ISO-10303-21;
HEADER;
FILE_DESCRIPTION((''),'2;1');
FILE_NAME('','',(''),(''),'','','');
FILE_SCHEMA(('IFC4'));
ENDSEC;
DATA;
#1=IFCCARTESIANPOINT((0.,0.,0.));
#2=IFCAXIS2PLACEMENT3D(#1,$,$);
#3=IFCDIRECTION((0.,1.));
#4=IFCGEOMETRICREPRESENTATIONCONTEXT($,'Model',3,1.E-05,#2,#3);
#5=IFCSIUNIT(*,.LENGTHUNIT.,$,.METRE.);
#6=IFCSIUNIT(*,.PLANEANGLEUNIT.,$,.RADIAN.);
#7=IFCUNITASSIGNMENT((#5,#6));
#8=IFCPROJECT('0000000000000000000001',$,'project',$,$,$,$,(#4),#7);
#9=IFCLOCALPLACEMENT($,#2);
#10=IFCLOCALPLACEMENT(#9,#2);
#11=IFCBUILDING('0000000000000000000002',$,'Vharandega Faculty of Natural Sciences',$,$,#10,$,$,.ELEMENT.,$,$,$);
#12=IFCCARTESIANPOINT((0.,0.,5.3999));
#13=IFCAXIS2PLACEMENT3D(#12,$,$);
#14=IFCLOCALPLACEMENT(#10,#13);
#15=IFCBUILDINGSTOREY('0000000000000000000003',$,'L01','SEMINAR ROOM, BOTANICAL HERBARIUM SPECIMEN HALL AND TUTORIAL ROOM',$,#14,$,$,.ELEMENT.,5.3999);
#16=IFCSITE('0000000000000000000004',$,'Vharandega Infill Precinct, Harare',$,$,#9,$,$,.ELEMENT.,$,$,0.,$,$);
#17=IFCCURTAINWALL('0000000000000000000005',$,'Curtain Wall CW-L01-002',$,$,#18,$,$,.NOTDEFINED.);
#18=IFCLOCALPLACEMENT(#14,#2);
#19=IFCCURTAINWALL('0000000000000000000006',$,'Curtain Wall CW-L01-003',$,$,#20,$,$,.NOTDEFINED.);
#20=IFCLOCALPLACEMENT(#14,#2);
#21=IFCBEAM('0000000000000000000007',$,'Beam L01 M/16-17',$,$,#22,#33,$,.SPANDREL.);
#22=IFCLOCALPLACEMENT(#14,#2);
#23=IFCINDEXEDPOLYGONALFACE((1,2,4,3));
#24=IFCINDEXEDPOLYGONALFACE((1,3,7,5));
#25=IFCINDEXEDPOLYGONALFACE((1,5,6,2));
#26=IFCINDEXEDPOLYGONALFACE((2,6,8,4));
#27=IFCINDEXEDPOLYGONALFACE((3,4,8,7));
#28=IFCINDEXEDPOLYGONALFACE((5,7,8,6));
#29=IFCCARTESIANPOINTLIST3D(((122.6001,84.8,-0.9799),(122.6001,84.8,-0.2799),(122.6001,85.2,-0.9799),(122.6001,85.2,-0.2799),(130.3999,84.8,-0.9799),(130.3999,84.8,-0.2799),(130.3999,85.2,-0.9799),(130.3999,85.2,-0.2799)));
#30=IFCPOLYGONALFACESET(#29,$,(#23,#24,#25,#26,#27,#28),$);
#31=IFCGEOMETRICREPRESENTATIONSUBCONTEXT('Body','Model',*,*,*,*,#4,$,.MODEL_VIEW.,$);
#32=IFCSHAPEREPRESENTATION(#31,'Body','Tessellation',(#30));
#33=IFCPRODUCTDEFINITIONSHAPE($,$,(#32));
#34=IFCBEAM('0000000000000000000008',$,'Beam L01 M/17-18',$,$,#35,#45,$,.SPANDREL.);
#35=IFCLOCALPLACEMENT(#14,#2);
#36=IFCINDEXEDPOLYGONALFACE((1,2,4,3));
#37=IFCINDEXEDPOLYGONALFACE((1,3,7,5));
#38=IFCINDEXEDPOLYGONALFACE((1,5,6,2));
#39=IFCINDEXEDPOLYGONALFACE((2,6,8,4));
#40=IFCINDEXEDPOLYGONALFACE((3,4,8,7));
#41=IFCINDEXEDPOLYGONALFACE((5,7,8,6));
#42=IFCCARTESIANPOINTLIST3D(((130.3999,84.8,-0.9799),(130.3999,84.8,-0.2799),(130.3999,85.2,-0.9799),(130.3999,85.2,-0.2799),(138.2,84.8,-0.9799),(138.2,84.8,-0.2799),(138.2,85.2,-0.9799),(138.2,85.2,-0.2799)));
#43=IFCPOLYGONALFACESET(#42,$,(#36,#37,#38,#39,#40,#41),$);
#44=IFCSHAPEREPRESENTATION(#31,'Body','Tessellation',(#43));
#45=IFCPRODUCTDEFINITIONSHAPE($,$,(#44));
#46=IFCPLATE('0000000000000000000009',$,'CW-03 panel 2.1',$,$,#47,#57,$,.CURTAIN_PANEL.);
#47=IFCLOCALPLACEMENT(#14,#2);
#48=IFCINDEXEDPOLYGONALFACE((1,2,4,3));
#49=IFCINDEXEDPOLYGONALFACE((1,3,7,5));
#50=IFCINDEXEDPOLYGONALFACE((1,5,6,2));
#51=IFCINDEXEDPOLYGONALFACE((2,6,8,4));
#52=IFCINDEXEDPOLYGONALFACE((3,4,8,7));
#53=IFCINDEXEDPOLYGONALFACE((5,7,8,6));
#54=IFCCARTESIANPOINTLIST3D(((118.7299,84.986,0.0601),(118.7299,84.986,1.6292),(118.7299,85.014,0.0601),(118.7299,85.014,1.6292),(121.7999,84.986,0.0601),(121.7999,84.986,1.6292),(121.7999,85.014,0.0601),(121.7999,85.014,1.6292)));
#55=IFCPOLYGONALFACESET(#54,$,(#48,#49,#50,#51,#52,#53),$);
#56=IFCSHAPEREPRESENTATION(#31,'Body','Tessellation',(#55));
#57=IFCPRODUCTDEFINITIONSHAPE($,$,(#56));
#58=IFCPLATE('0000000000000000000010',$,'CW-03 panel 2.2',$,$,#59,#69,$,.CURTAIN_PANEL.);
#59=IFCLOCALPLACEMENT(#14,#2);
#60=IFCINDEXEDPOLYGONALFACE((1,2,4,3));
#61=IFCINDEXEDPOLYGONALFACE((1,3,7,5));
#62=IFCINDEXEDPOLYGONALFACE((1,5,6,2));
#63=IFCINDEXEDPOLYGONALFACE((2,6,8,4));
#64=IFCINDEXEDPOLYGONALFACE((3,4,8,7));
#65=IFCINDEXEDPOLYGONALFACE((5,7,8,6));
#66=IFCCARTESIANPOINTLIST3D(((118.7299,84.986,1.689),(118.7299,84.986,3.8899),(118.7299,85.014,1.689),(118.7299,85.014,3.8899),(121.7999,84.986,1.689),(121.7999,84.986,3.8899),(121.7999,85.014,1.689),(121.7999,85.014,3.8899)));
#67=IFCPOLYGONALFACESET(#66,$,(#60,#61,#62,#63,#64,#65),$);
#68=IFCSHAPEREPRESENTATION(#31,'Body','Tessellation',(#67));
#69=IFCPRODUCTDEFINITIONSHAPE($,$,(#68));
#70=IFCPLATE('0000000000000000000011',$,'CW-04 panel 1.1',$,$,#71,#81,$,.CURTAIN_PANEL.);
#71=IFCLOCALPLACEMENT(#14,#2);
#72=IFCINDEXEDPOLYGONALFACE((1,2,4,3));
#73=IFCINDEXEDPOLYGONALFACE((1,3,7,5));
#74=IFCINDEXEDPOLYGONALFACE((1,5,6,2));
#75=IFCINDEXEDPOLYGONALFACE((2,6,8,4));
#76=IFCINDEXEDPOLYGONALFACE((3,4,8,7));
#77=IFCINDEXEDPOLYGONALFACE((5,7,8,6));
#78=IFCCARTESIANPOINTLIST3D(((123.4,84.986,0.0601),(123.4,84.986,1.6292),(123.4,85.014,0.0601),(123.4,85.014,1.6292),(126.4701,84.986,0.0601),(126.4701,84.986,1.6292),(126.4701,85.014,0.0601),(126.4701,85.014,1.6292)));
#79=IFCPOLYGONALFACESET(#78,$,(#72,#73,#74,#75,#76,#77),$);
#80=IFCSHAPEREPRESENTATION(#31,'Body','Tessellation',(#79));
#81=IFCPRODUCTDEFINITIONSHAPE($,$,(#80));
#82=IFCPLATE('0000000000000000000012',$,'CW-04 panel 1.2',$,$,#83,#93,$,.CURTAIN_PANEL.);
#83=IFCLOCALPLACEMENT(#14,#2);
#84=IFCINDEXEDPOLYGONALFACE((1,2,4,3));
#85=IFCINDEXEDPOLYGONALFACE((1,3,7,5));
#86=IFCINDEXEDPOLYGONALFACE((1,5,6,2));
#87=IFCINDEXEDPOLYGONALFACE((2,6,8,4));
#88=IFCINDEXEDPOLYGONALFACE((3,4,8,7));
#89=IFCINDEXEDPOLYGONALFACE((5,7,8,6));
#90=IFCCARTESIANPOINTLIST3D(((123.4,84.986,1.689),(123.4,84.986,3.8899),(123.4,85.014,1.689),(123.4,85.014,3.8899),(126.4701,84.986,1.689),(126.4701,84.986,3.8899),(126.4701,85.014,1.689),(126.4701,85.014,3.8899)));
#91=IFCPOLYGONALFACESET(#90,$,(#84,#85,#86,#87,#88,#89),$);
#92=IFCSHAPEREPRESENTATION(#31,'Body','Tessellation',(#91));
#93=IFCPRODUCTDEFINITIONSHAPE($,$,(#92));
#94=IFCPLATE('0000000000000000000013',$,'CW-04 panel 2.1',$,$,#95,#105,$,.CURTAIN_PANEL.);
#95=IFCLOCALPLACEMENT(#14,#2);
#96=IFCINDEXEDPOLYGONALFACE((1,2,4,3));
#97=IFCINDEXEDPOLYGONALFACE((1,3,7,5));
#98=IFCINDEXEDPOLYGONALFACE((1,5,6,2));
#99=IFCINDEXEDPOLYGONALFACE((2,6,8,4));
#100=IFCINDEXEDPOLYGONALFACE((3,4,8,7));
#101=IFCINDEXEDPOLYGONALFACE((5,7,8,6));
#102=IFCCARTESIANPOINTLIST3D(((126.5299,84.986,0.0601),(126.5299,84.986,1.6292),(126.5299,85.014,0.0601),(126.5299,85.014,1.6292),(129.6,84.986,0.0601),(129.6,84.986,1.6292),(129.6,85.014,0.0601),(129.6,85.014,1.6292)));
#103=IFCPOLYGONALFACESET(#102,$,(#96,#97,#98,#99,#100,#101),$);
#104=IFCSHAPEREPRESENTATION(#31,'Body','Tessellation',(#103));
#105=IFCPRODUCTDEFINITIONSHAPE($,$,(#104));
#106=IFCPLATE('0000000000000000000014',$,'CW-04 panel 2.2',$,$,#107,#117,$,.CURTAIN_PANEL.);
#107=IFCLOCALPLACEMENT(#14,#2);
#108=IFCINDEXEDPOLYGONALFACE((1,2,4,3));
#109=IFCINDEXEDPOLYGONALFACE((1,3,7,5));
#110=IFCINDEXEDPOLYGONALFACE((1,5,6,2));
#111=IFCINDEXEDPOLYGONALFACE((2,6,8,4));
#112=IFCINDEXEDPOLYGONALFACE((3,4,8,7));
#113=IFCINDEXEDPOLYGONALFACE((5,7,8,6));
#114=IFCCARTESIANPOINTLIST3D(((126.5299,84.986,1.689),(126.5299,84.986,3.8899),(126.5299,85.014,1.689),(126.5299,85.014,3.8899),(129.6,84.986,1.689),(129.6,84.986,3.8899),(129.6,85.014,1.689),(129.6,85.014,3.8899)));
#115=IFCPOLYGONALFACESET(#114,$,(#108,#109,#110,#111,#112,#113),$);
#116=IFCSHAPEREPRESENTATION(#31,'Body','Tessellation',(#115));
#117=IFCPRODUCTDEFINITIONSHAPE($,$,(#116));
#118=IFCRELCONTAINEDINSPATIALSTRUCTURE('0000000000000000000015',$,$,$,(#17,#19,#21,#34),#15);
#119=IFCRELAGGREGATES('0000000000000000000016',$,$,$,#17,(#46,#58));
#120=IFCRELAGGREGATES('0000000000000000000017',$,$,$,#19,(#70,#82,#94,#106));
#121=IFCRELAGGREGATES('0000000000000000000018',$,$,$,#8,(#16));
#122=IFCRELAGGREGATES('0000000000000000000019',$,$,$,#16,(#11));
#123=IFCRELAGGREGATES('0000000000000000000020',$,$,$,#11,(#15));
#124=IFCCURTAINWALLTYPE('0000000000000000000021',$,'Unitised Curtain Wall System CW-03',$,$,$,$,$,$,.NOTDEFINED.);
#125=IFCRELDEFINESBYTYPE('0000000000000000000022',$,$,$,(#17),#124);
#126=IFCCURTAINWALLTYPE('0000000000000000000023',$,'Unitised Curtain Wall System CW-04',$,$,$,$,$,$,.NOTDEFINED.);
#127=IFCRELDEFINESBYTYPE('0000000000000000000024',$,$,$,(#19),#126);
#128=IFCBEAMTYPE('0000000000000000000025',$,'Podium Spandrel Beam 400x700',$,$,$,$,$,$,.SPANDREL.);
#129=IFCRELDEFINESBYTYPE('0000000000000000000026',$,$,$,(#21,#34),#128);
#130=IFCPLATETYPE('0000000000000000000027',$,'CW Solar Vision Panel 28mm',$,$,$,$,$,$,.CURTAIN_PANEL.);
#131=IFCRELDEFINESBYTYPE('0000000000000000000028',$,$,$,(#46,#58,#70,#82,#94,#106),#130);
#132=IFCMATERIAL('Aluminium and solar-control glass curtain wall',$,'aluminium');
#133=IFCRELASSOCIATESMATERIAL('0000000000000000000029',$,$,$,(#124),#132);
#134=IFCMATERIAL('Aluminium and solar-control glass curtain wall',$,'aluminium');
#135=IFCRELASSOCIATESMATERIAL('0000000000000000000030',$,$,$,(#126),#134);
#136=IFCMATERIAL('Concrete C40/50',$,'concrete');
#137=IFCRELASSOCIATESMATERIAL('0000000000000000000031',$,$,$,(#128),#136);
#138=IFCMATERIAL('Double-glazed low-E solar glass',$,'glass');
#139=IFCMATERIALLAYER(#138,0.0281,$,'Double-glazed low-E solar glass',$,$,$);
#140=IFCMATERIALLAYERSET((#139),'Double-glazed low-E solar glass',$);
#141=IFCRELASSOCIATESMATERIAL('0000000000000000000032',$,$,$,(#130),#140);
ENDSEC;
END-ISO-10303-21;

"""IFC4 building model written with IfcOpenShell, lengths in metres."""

from ifc_helpers import new_model, si_unit, direction, frame, origin, origin_2d, place, context, subcontext, project, spatial, rectangle, extrude, material, layer, layer_set, material_profile, profile_set, type_object, element, aggregate, save


model = new_model("IFC4")

# Units and contexts
model_context = context("Model", 3, precision=1e-05, world=origin(), true_north=direction((0.0, 1.0)))
body_context = subcontext(model_context, "Body", "Model", "MODEL_VIEW")
ifc_project = project(units=[si_unit("LENGTHUNIT", "METRE"), si_unit("PLANEANGLEUNIT", "RADIAN")], contexts=[model_context])

# Site, building, storey
site_placement = place(None, origin())
site = spatial("IfcSite", under=ifc_project, at=site_placement, Name="Vharandega Infill Precinct, Harare", CompositionType="ELEMENT", RefElevation=0.0)
building_placement = place(site_placement, origin())
building = spatial("IfcBuilding", under=site, at=building_placement, Name="Vharandega Faculty of Natural Sciences", CompositionType="ELEMENT")
storey_placement = place(building_placement, frame((0.0, 0.0, 5.3999)))
storey = spatial("IfcBuildingStorey", under=building, at=storey_placement, Name="L01", Description="SEMINAR ROOM, BOTANICAL HERBARIUM SPECIMEN HALL AND TUTORIAL ROOM", CompositionType="ELEMENT", Elevation=5.3999)

# Curtain wall
ifc_material_1 = material(Name="Aluminium and solar-control glass curtain wall", Category="aluminium")
curtain_wall_type_1 = type_object("IfcCurtainWallType", Name="Unitised Curtain Wall System CW-03", PredefinedType="NOTDEFINED", material=ifc_material_1)
curtain_wall_1_placement = place(storey_placement, origin())
curtain_wall_1 = element("IfcCurtainWall", 1, at=curtain_wall_1_placement, inside=storey, type_object=curtain_wall_type_1, Name="Curtain Wall CW-L01-002", PredefinedType="NOTDEFINED")

# Curtain wall
ifc_material_2 = material(Name="Aluminium and solar-control glass curtain wall", Category="aluminium")
curtain_wall_type_2 = type_object("IfcCurtainWallType", Name="Unitised Curtain Wall System CW-04", PredefinedType="NOTDEFINED", material=ifc_material_2)
curtain_wall_2_placement = place(storey_placement, origin())
curtain_wall_2 = element("IfcCurtainWall", 2, at=curtain_wall_2_placement, inside=storey, type_object=curtain_wall_type_2, Name="Curtain Wall CW-L01-003", PredefinedType="NOTDEFINED")

# Beams
ifc_material_3 = material(Name="Concrete C40/50", Category="concrete")
ifc_material_profile_1 = material_profile(ifc_material_3, rectangle(XDim=0.3999, YDim=0.7, at=origin_2d()), Name="RC 400x700")
ifc_profile_set_1 = profile_set([ifc_material_profile_1], Name="Concrete C40/50")
beam_type = type_object("IfcBeamType", Name="Podium Spandrel Beam 400x700", PredefinedType="SPANDREL", material=ifc_profile_set_1)
beam_1_placement = place(storey_placement, frame((122.6001, 85.0, -0.6299), z_axis=(1.0, 0.0, 0.0), x_axis=(0.0, 1.0, 0.0)))
element("IfcBeam", 3, at=beam_1_placement, inside=storey, type_object=beam_type, Name="Beam L01 M/16-17", PredefinedType="SPANDREL", context=body_context, shape_type="SweptSolid", body=[
    extrude(rectangle(XDim=0.3999, YDim=0.7, at=origin_2d()), origin(), (0.0, 0.0, 1.0), 7.7998),
])
beam_2_placement = place(storey_placement, frame((130.3999, 85.0, -0.6299), z_axis=(1.0, 0.0, 0.0), x_axis=(0.0, 1.0, 0.0)))
element("IfcBeam", 4, at=beam_2_placement, inside=storey, type_object=beam_type, Name="Beam L01 M/17-18", PredefinedType="SPANDREL", context=body_context, shape_type="SweptSolid", body=[
    extrude(rectangle(XDim=0.3999, YDim=0.7, at=origin_2d()), origin(), (0.0, 0.0, 1.0), 7.8),
])

# Plates
ifc_material_4 = material(Name="Double-glazed low-E solar glass", Category="glass")
ifc_layer = layer(ifc_material_4, 0.0281, Name="Double-glazed low-E solar glass")
ifc_layer_set = layer_set([ifc_layer], Name="Double-glazed low-E solar glass")
plate_type = type_object("IfcPlateType", Name="CW Solar Vision Panel 28mm", PredefinedType="CURTAIN_PANEL", material=ifc_layer_set)
plate_1_placement = place(storey_placement, frame((120.2649, 85.0, 0.0601), z_axis=(0.0, 0.0, 1.0), x_axis=(1.0, 0.0, 0.0)))
plate_1 = element("IfcPlate", 5, at=plate_1_placement, type_object=plate_type, Name="CW-03 panel 2.1", PredefinedType="CURTAIN_PANEL", context=body_context, shape_type="SweptSolid", body=[
    extrude(rectangle(XDim=3.0701, YDim=0.0281, at=origin_2d()), origin(), (0.0, 0.0, 1.0), 1.5691),
])
plate_2_placement = place(storey_placement, frame((120.2649, 85.0, 1.689), z_axis=(0.0, 0.0, 1.0), x_axis=(1.0, 0.0, 0.0)))
plate_2 = element("IfcPlate", 6, at=plate_2_placement, type_object=plate_type, Name="CW-03 panel 2.2", PredefinedType="CURTAIN_PANEL", context=body_context, shape_type="SweptSolid", body=[
    extrude(rectangle(XDim=3.0701, YDim=0.0281, at=origin_2d()), origin(), (0.0, 0.0, 1.0), 2.2009),
])
aggregate(curtain_wall_1, [plate_1, plate_2])
plate_3_placement = place(storey_placement, frame((124.9351, 85.0, 0.0601), z_axis=(0.0, 0.0, 1.0), x_axis=(1.0, 0.0, 0.0)))
plate_3 = element("IfcPlate", 7, at=plate_3_placement, type_object=plate_type, Name="CW-04 panel 1.1", PredefinedType="CURTAIN_PANEL", context=body_context, shape_type="SweptSolid", body=[
    extrude(rectangle(XDim=3.0701, YDim=0.0281, at=origin_2d()), origin(), (0.0, 0.0, 1.0), 1.5691),
])
plate_4_placement = place(storey_placement, frame((124.9351, 85.0, 1.689), z_axis=(0.0, 0.0, 1.0), x_axis=(1.0, 0.0, 0.0)))
plate_4 = element("IfcPlate", 8, at=plate_4_placement, type_object=plate_type, Name="CW-04 panel 1.2", PredefinedType="CURTAIN_PANEL", context=body_context, shape_type="SweptSolid", body=[
    extrude(rectangle(XDim=3.0701, YDim=0.0281, at=origin_2d()), origin(), (0.0, 0.0, 1.0), 2.2009),
])
plate_5_placement = place(storey_placement, frame((128.0649, 85.0, 0.0601), z_axis=(0.0, 0.0, 1.0), x_axis=(1.0, 0.0, 0.0)))
plate_5 = element("IfcPlate", 9, at=plate_5_placement, type_object=plate_type, Name="CW-04 panel 2.1", PredefinedType="CURTAIN_PANEL", context=body_context, shape_type="SweptSolid", body=[
    extrude(rectangle(XDim=3.0701, YDim=0.0281, at=origin_2d()), origin(), (0.0, 0.0, 1.0), 1.5691),
])
plate_6_placement = place(storey_placement, frame((128.0649, 85.0, 1.689), z_axis=(0.0, 0.0, 1.0), x_axis=(1.0, 0.0, 0.0)))
plate_6 = element("IfcPlate", 10, at=plate_6_placement, type_object=plate_type, Name="CW-04 panel 2.2", PredefinedType="CURTAIN_PANEL", context=body_context, shape_type="SweptSolid", body=[
    extrude(rectangle(XDim=3.0701, YDim=0.0281, at=origin_2d()), origin(), (0.0, 0.0, 1.0), 2.2009),
])
aggregate(curtain_wall_2, [plate_3, plate_4, plate_5, plate_6])

save(model, "model.ifc")
